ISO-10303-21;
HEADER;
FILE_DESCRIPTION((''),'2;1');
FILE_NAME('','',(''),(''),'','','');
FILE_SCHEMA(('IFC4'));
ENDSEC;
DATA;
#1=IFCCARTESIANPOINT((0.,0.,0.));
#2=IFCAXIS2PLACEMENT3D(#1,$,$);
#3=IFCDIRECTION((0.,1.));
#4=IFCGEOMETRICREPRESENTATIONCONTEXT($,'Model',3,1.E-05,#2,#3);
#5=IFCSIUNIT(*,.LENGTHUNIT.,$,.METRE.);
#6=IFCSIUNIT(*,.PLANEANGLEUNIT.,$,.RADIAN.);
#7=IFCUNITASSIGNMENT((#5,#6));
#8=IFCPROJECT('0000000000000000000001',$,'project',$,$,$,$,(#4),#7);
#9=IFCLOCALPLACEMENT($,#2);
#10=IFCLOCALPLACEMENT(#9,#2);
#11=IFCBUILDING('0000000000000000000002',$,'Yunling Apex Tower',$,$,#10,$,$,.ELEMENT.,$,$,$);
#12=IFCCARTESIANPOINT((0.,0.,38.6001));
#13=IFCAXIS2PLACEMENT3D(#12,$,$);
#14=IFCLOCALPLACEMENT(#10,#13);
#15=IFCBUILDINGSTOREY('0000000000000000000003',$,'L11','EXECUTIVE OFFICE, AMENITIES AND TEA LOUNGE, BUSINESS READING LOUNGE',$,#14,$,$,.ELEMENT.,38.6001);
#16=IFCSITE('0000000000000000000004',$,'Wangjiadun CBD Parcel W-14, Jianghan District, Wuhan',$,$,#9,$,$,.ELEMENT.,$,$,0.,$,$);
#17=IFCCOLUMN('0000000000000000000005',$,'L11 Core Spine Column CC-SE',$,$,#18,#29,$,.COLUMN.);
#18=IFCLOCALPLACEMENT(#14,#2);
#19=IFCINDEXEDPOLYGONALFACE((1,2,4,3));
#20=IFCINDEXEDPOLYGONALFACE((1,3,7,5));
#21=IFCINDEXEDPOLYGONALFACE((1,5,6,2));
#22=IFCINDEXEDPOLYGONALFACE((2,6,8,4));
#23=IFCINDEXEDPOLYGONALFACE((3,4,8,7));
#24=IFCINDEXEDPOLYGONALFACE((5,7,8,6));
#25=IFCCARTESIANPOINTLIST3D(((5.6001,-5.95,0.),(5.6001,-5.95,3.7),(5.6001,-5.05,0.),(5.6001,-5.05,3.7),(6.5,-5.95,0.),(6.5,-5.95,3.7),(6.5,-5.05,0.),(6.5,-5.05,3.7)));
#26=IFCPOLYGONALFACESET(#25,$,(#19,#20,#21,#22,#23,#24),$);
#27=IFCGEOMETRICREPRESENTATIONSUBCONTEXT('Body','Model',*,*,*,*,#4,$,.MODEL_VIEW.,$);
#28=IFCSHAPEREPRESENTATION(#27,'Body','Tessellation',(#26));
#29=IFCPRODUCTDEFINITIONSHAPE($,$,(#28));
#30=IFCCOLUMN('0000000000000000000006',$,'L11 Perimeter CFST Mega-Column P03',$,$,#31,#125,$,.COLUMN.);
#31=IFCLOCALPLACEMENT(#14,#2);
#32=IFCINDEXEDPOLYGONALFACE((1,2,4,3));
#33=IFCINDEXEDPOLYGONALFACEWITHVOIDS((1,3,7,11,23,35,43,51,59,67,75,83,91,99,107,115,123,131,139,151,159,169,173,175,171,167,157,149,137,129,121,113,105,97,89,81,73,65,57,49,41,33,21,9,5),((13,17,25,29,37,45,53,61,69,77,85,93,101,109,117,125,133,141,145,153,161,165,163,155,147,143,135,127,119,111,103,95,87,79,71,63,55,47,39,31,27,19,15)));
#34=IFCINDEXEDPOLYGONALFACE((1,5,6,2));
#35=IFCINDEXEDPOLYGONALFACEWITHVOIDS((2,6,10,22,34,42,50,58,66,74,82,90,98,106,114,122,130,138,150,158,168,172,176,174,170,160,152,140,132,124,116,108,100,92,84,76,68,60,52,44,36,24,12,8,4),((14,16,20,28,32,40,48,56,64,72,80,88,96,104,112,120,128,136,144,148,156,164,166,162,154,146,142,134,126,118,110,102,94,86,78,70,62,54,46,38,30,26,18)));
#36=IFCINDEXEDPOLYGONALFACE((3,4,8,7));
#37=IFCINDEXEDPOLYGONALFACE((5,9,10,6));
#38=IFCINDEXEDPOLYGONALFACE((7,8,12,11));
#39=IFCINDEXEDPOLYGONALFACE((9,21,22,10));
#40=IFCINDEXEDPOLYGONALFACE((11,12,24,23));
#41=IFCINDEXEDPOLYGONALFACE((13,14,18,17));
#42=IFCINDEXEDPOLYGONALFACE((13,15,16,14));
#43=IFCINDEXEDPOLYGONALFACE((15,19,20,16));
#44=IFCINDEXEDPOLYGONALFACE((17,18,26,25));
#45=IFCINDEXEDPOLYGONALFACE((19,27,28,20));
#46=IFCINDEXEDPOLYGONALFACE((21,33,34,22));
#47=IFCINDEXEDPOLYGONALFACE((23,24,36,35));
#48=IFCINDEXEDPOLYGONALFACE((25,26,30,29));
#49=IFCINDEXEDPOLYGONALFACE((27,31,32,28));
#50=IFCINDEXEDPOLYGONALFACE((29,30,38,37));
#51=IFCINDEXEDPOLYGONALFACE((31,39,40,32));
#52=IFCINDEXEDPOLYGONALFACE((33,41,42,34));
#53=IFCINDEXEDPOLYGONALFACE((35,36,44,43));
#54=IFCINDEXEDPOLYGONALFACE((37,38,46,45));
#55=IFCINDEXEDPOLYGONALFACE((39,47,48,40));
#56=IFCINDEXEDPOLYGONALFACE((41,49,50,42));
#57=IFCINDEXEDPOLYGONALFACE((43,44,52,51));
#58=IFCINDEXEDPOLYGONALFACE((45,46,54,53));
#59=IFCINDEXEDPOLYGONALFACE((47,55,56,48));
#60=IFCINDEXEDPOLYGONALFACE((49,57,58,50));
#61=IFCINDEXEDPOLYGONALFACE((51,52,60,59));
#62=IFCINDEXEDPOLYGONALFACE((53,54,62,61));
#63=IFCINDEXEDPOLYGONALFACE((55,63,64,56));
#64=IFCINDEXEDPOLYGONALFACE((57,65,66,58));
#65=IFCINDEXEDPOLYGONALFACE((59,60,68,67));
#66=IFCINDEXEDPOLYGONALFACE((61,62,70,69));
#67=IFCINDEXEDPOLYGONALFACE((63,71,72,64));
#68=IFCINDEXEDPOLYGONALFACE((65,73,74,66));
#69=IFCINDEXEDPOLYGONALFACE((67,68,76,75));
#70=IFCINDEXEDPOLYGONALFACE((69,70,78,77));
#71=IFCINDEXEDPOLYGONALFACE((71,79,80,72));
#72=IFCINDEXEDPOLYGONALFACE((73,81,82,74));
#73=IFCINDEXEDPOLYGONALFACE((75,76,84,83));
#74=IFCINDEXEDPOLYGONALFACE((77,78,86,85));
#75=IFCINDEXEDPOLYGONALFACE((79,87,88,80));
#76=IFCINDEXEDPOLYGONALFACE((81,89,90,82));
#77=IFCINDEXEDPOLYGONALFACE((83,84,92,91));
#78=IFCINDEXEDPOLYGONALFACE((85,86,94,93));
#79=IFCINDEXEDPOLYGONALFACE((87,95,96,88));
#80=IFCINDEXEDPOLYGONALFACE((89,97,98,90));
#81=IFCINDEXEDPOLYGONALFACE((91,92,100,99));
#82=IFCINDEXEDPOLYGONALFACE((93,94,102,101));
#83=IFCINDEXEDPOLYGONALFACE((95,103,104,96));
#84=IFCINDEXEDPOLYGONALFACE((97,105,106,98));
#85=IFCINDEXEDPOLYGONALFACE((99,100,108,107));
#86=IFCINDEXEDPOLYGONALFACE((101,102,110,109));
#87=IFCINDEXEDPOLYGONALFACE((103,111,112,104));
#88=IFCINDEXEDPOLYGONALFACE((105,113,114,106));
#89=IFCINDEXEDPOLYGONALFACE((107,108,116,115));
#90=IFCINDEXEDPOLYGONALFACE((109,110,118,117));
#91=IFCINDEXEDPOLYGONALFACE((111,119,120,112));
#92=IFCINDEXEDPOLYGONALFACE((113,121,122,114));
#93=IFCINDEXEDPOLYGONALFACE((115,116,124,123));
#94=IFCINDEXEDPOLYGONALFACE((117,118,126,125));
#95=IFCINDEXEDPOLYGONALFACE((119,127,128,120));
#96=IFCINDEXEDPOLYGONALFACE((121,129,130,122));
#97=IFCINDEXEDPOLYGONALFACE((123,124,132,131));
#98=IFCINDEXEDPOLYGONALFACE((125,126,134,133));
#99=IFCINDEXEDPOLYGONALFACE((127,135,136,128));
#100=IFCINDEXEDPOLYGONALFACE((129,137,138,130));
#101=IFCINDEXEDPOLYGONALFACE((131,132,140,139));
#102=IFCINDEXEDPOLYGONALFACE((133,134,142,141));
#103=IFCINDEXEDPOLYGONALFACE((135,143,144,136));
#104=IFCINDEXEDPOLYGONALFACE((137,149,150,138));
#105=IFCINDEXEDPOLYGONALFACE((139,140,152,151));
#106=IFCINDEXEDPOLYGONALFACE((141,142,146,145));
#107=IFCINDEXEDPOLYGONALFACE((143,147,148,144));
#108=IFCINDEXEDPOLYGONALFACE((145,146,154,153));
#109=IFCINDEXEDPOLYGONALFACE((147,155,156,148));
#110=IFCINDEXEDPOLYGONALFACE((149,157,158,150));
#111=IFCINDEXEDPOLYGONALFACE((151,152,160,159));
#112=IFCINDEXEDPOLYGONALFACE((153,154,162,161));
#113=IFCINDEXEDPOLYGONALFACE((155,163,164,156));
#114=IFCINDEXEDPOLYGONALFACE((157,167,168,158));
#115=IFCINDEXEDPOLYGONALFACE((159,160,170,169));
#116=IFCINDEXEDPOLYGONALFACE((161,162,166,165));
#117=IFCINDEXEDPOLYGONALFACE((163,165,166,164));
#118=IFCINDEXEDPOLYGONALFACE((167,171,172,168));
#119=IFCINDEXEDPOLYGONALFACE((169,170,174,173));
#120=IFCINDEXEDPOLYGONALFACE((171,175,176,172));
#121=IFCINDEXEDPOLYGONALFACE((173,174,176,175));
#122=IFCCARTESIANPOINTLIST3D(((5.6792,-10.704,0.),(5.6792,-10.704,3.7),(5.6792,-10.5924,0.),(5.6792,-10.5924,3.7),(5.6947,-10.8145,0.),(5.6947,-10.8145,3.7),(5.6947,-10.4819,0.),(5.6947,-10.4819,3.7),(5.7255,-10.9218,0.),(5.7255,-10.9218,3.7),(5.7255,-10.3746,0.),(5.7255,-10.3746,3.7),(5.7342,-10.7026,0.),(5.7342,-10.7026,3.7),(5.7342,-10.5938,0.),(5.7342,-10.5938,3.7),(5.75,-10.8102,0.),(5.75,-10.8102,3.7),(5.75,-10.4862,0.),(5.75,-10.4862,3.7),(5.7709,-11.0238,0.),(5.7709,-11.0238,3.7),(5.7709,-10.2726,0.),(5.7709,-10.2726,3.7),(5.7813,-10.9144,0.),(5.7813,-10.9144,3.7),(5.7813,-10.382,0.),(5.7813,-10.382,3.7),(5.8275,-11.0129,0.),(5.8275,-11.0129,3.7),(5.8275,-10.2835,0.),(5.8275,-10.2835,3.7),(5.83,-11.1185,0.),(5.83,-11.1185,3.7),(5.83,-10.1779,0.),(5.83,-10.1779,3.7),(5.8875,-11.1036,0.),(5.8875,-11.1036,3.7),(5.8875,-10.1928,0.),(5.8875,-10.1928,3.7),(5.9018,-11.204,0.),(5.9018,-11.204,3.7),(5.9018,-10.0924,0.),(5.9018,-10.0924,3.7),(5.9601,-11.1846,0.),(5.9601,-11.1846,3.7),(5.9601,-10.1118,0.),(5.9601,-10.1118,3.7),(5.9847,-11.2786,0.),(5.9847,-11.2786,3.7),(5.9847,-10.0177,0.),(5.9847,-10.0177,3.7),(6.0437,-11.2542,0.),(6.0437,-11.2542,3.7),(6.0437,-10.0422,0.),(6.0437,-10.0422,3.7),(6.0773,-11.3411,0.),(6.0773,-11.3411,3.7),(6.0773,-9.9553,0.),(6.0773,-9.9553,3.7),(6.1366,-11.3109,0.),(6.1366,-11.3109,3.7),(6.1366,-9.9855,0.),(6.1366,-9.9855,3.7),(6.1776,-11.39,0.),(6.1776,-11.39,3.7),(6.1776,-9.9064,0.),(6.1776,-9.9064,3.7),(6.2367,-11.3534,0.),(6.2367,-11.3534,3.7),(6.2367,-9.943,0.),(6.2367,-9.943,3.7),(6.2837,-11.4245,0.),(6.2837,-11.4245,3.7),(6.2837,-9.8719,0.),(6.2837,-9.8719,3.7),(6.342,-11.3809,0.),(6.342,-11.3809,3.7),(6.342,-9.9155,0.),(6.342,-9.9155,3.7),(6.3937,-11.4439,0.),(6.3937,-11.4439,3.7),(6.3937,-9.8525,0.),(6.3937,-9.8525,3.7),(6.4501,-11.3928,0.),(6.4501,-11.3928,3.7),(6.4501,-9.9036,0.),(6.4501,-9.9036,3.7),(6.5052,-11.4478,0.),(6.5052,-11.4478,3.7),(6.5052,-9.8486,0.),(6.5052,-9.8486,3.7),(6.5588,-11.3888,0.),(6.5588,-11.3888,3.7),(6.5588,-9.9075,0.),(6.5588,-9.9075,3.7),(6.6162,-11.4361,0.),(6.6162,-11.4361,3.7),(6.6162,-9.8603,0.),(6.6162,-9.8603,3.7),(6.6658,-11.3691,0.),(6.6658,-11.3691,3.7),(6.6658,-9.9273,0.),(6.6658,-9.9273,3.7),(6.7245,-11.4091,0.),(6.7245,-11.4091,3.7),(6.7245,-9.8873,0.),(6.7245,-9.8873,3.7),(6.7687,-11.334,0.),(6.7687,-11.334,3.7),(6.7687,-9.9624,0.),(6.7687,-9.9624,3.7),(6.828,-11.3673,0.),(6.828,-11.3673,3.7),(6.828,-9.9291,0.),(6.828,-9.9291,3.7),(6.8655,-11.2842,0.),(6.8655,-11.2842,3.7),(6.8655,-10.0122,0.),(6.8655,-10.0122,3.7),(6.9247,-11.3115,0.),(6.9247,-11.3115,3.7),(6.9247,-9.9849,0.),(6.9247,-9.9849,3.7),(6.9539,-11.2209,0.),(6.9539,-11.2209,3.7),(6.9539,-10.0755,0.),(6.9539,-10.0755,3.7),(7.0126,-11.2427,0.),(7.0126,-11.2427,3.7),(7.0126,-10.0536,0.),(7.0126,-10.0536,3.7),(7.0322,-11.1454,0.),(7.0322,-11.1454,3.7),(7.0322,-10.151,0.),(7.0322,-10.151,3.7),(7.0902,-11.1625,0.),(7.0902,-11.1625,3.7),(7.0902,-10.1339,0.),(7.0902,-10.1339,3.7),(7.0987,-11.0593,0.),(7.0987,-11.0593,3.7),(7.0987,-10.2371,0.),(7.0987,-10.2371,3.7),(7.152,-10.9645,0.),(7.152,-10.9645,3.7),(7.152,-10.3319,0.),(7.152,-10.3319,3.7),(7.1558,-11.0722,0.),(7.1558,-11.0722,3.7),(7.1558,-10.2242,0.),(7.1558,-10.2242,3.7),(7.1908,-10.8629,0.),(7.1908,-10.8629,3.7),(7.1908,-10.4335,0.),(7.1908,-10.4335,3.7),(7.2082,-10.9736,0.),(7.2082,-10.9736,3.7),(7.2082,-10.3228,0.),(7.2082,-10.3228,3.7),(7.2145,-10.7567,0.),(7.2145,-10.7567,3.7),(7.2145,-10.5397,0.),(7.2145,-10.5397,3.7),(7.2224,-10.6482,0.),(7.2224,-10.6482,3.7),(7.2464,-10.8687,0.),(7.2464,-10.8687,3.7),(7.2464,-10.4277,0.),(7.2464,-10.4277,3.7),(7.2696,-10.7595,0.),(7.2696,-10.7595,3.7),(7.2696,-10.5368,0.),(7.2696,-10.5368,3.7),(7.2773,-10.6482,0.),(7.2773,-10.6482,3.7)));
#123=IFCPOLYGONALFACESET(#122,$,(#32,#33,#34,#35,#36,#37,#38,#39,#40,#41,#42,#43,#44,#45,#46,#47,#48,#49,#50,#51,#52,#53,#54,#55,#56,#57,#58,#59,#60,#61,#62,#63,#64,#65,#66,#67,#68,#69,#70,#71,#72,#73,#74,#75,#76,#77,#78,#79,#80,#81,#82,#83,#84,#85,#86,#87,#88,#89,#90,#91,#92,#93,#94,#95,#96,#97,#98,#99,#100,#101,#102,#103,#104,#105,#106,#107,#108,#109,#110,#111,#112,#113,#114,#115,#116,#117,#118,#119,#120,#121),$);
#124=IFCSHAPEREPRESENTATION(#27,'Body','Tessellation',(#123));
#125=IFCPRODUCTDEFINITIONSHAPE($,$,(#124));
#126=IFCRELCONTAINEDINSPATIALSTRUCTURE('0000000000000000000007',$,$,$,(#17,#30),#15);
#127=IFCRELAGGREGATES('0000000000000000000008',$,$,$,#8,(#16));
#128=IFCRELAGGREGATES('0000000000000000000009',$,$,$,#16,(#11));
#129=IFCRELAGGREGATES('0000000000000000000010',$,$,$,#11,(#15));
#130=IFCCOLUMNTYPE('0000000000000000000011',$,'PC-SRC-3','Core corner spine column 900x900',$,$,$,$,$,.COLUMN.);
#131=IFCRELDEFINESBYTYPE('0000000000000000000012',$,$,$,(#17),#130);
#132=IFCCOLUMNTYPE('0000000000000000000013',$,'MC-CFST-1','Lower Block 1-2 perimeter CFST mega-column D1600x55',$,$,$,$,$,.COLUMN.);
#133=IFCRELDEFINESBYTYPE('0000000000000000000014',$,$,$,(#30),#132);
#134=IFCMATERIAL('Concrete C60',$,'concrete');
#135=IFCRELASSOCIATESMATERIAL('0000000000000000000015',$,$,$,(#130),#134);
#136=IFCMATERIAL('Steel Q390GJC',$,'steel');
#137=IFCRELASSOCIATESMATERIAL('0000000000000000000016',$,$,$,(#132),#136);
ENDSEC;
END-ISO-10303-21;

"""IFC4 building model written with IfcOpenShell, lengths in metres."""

from ifc_helpers import new_model, si_unit, direction, frame, origin, origin_2d, place, context, subcontext, project, spatial, rectangle, hollow_circle, extrude, source, transform, mapped, material, material_profile, profile_set, type_object, element, save


model = new_model("IFC4")

# Units and contexts
model_context = context("Model", 3, precision=1e-05, world=origin(), true_north=direction((0.0, 1.0)))
body_context = subcontext(model_context, "Body", "Model", "MODEL_VIEW")
ifc_project = project(units=[si_unit("LENGTHUNIT", "METRE"), si_unit("PLANEANGLEUNIT", "RADIAN")], contexts=[model_context])

# Site, building, storey
site_placement = place(None, origin())
site = spatial("IfcSite", under=ifc_project, at=site_placement, Name="Wangjiadun CBD Parcel W-14, Jianghan District, Wuhan", CompositionType="ELEMENT", RefElevation=0.0)
building_placement = place(site_placement, origin())
building = spatial("IfcBuilding", under=site, at=building_placement, Name="Yunling Apex Tower", CompositionType="ELEMENT")
storey_placement = place(building_placement, frame((0.0, 0.0, 38.6001)))
storey = spatial("IfcBuildingStorey", under=building, at=storey_placement, Name="L11", Description="EXECUTIVE OFFICE, AMENITIES AND TEA LOUNGE, BUSINESS READING LOUNGE", CompositionType="ELEMENT", Elevation=38.6001)

# Columns
ifc_material_1 = material(Name="Concrete C60", Category="concrete")
ifc_material_profile_1 = material_profile(ifc_material_1, rectangle(XDim=0.8999, YDim=0.8999, at=origin_2d()))
ifc_profile_set_1 = profile_set([ifc_material_profile_1], Name="Concrete C60")
column_type_1 = type_object("IfcColumnType", Name="PC-SRC-3", Description="Core corner spine column 900x900", PredefinedType="COLUMN", material=ifc_profile_set_1)
shared_shape_1 = source(origin(), body_context, "Body", "SweptSolid", [
    extrude(rectangle(XDim=0.8999, YDim=0.8999, at=origin_2d()), origin(), (0.0, 0.0, 1.0), 3.7),
])
column_placement = place(storey_placement, frame((6.05, -5.5, 0.0), z_axis=(0.0, 0.0, 1.0), x_axis=(1.0, 0.0, 0.0)))
element("IfcColumn", 1, at=column_placement, inside=storey, type_object=column_type_1, Name="L11 Core Spine Column CC-SE", PredefinedType="COLUMN", context=body_context, shape_type="MappedRepresentation", body=[
    mapped(shared_shape_1, transform((0.0, 0.0, 0.0), scale=1.0)),
])
ifc_material_2 = material(Name="Steel Q390GJC", Category="steel")
ifc_material_profile_2 = material_profile(ifc_material_2, hollow_circle(Radius=0.8, WallThickness=0.0549, at=origin_2d()))
ifc_profile_set_2 = profile_set([ifc_material_profile_2], Name="Steel Q390GJC")
column_type_2 = type_object("IfcColumnType", Name="MC-CFST-1", Description="Lower Block 1-2 perimeter CFST mega-column D1600x55", PredefinedType="COLUMN", material=ifc_profile_set_2)
shared_shape_2 = source(origin(), body_context, "Body", "SweptSolid", [
    extrude(hollow_circle(Radius=0.8, WallThickness=0.0549, at=origin_2d()), origin(), (0.0, 0.0, 1.0), 3.7),
])
for number, where, z_axis, x_axis, name in (
    (2, (6.4773, -10.6482, 0.0), (0.0, 0.0, 1.0), (1.0, 0.0, 0.0), "L11 Perimeter CFST Mega-Column P03"),
):
    element("IfcColumn", number, at=place(storey_placement, frame(where, z_axis=z_axis, x_axis=x_axis)), inside=storey, type_object=column_type_2, Name=name, PredefinedType="COLUMN", context=body_context, shape_type="MappedRepresentation", body=[
        mapped(shared_shape_2, transform((0.0, 0.0, 0.0), scale=1.0)),
    ])

save(model, "model.ifc")
